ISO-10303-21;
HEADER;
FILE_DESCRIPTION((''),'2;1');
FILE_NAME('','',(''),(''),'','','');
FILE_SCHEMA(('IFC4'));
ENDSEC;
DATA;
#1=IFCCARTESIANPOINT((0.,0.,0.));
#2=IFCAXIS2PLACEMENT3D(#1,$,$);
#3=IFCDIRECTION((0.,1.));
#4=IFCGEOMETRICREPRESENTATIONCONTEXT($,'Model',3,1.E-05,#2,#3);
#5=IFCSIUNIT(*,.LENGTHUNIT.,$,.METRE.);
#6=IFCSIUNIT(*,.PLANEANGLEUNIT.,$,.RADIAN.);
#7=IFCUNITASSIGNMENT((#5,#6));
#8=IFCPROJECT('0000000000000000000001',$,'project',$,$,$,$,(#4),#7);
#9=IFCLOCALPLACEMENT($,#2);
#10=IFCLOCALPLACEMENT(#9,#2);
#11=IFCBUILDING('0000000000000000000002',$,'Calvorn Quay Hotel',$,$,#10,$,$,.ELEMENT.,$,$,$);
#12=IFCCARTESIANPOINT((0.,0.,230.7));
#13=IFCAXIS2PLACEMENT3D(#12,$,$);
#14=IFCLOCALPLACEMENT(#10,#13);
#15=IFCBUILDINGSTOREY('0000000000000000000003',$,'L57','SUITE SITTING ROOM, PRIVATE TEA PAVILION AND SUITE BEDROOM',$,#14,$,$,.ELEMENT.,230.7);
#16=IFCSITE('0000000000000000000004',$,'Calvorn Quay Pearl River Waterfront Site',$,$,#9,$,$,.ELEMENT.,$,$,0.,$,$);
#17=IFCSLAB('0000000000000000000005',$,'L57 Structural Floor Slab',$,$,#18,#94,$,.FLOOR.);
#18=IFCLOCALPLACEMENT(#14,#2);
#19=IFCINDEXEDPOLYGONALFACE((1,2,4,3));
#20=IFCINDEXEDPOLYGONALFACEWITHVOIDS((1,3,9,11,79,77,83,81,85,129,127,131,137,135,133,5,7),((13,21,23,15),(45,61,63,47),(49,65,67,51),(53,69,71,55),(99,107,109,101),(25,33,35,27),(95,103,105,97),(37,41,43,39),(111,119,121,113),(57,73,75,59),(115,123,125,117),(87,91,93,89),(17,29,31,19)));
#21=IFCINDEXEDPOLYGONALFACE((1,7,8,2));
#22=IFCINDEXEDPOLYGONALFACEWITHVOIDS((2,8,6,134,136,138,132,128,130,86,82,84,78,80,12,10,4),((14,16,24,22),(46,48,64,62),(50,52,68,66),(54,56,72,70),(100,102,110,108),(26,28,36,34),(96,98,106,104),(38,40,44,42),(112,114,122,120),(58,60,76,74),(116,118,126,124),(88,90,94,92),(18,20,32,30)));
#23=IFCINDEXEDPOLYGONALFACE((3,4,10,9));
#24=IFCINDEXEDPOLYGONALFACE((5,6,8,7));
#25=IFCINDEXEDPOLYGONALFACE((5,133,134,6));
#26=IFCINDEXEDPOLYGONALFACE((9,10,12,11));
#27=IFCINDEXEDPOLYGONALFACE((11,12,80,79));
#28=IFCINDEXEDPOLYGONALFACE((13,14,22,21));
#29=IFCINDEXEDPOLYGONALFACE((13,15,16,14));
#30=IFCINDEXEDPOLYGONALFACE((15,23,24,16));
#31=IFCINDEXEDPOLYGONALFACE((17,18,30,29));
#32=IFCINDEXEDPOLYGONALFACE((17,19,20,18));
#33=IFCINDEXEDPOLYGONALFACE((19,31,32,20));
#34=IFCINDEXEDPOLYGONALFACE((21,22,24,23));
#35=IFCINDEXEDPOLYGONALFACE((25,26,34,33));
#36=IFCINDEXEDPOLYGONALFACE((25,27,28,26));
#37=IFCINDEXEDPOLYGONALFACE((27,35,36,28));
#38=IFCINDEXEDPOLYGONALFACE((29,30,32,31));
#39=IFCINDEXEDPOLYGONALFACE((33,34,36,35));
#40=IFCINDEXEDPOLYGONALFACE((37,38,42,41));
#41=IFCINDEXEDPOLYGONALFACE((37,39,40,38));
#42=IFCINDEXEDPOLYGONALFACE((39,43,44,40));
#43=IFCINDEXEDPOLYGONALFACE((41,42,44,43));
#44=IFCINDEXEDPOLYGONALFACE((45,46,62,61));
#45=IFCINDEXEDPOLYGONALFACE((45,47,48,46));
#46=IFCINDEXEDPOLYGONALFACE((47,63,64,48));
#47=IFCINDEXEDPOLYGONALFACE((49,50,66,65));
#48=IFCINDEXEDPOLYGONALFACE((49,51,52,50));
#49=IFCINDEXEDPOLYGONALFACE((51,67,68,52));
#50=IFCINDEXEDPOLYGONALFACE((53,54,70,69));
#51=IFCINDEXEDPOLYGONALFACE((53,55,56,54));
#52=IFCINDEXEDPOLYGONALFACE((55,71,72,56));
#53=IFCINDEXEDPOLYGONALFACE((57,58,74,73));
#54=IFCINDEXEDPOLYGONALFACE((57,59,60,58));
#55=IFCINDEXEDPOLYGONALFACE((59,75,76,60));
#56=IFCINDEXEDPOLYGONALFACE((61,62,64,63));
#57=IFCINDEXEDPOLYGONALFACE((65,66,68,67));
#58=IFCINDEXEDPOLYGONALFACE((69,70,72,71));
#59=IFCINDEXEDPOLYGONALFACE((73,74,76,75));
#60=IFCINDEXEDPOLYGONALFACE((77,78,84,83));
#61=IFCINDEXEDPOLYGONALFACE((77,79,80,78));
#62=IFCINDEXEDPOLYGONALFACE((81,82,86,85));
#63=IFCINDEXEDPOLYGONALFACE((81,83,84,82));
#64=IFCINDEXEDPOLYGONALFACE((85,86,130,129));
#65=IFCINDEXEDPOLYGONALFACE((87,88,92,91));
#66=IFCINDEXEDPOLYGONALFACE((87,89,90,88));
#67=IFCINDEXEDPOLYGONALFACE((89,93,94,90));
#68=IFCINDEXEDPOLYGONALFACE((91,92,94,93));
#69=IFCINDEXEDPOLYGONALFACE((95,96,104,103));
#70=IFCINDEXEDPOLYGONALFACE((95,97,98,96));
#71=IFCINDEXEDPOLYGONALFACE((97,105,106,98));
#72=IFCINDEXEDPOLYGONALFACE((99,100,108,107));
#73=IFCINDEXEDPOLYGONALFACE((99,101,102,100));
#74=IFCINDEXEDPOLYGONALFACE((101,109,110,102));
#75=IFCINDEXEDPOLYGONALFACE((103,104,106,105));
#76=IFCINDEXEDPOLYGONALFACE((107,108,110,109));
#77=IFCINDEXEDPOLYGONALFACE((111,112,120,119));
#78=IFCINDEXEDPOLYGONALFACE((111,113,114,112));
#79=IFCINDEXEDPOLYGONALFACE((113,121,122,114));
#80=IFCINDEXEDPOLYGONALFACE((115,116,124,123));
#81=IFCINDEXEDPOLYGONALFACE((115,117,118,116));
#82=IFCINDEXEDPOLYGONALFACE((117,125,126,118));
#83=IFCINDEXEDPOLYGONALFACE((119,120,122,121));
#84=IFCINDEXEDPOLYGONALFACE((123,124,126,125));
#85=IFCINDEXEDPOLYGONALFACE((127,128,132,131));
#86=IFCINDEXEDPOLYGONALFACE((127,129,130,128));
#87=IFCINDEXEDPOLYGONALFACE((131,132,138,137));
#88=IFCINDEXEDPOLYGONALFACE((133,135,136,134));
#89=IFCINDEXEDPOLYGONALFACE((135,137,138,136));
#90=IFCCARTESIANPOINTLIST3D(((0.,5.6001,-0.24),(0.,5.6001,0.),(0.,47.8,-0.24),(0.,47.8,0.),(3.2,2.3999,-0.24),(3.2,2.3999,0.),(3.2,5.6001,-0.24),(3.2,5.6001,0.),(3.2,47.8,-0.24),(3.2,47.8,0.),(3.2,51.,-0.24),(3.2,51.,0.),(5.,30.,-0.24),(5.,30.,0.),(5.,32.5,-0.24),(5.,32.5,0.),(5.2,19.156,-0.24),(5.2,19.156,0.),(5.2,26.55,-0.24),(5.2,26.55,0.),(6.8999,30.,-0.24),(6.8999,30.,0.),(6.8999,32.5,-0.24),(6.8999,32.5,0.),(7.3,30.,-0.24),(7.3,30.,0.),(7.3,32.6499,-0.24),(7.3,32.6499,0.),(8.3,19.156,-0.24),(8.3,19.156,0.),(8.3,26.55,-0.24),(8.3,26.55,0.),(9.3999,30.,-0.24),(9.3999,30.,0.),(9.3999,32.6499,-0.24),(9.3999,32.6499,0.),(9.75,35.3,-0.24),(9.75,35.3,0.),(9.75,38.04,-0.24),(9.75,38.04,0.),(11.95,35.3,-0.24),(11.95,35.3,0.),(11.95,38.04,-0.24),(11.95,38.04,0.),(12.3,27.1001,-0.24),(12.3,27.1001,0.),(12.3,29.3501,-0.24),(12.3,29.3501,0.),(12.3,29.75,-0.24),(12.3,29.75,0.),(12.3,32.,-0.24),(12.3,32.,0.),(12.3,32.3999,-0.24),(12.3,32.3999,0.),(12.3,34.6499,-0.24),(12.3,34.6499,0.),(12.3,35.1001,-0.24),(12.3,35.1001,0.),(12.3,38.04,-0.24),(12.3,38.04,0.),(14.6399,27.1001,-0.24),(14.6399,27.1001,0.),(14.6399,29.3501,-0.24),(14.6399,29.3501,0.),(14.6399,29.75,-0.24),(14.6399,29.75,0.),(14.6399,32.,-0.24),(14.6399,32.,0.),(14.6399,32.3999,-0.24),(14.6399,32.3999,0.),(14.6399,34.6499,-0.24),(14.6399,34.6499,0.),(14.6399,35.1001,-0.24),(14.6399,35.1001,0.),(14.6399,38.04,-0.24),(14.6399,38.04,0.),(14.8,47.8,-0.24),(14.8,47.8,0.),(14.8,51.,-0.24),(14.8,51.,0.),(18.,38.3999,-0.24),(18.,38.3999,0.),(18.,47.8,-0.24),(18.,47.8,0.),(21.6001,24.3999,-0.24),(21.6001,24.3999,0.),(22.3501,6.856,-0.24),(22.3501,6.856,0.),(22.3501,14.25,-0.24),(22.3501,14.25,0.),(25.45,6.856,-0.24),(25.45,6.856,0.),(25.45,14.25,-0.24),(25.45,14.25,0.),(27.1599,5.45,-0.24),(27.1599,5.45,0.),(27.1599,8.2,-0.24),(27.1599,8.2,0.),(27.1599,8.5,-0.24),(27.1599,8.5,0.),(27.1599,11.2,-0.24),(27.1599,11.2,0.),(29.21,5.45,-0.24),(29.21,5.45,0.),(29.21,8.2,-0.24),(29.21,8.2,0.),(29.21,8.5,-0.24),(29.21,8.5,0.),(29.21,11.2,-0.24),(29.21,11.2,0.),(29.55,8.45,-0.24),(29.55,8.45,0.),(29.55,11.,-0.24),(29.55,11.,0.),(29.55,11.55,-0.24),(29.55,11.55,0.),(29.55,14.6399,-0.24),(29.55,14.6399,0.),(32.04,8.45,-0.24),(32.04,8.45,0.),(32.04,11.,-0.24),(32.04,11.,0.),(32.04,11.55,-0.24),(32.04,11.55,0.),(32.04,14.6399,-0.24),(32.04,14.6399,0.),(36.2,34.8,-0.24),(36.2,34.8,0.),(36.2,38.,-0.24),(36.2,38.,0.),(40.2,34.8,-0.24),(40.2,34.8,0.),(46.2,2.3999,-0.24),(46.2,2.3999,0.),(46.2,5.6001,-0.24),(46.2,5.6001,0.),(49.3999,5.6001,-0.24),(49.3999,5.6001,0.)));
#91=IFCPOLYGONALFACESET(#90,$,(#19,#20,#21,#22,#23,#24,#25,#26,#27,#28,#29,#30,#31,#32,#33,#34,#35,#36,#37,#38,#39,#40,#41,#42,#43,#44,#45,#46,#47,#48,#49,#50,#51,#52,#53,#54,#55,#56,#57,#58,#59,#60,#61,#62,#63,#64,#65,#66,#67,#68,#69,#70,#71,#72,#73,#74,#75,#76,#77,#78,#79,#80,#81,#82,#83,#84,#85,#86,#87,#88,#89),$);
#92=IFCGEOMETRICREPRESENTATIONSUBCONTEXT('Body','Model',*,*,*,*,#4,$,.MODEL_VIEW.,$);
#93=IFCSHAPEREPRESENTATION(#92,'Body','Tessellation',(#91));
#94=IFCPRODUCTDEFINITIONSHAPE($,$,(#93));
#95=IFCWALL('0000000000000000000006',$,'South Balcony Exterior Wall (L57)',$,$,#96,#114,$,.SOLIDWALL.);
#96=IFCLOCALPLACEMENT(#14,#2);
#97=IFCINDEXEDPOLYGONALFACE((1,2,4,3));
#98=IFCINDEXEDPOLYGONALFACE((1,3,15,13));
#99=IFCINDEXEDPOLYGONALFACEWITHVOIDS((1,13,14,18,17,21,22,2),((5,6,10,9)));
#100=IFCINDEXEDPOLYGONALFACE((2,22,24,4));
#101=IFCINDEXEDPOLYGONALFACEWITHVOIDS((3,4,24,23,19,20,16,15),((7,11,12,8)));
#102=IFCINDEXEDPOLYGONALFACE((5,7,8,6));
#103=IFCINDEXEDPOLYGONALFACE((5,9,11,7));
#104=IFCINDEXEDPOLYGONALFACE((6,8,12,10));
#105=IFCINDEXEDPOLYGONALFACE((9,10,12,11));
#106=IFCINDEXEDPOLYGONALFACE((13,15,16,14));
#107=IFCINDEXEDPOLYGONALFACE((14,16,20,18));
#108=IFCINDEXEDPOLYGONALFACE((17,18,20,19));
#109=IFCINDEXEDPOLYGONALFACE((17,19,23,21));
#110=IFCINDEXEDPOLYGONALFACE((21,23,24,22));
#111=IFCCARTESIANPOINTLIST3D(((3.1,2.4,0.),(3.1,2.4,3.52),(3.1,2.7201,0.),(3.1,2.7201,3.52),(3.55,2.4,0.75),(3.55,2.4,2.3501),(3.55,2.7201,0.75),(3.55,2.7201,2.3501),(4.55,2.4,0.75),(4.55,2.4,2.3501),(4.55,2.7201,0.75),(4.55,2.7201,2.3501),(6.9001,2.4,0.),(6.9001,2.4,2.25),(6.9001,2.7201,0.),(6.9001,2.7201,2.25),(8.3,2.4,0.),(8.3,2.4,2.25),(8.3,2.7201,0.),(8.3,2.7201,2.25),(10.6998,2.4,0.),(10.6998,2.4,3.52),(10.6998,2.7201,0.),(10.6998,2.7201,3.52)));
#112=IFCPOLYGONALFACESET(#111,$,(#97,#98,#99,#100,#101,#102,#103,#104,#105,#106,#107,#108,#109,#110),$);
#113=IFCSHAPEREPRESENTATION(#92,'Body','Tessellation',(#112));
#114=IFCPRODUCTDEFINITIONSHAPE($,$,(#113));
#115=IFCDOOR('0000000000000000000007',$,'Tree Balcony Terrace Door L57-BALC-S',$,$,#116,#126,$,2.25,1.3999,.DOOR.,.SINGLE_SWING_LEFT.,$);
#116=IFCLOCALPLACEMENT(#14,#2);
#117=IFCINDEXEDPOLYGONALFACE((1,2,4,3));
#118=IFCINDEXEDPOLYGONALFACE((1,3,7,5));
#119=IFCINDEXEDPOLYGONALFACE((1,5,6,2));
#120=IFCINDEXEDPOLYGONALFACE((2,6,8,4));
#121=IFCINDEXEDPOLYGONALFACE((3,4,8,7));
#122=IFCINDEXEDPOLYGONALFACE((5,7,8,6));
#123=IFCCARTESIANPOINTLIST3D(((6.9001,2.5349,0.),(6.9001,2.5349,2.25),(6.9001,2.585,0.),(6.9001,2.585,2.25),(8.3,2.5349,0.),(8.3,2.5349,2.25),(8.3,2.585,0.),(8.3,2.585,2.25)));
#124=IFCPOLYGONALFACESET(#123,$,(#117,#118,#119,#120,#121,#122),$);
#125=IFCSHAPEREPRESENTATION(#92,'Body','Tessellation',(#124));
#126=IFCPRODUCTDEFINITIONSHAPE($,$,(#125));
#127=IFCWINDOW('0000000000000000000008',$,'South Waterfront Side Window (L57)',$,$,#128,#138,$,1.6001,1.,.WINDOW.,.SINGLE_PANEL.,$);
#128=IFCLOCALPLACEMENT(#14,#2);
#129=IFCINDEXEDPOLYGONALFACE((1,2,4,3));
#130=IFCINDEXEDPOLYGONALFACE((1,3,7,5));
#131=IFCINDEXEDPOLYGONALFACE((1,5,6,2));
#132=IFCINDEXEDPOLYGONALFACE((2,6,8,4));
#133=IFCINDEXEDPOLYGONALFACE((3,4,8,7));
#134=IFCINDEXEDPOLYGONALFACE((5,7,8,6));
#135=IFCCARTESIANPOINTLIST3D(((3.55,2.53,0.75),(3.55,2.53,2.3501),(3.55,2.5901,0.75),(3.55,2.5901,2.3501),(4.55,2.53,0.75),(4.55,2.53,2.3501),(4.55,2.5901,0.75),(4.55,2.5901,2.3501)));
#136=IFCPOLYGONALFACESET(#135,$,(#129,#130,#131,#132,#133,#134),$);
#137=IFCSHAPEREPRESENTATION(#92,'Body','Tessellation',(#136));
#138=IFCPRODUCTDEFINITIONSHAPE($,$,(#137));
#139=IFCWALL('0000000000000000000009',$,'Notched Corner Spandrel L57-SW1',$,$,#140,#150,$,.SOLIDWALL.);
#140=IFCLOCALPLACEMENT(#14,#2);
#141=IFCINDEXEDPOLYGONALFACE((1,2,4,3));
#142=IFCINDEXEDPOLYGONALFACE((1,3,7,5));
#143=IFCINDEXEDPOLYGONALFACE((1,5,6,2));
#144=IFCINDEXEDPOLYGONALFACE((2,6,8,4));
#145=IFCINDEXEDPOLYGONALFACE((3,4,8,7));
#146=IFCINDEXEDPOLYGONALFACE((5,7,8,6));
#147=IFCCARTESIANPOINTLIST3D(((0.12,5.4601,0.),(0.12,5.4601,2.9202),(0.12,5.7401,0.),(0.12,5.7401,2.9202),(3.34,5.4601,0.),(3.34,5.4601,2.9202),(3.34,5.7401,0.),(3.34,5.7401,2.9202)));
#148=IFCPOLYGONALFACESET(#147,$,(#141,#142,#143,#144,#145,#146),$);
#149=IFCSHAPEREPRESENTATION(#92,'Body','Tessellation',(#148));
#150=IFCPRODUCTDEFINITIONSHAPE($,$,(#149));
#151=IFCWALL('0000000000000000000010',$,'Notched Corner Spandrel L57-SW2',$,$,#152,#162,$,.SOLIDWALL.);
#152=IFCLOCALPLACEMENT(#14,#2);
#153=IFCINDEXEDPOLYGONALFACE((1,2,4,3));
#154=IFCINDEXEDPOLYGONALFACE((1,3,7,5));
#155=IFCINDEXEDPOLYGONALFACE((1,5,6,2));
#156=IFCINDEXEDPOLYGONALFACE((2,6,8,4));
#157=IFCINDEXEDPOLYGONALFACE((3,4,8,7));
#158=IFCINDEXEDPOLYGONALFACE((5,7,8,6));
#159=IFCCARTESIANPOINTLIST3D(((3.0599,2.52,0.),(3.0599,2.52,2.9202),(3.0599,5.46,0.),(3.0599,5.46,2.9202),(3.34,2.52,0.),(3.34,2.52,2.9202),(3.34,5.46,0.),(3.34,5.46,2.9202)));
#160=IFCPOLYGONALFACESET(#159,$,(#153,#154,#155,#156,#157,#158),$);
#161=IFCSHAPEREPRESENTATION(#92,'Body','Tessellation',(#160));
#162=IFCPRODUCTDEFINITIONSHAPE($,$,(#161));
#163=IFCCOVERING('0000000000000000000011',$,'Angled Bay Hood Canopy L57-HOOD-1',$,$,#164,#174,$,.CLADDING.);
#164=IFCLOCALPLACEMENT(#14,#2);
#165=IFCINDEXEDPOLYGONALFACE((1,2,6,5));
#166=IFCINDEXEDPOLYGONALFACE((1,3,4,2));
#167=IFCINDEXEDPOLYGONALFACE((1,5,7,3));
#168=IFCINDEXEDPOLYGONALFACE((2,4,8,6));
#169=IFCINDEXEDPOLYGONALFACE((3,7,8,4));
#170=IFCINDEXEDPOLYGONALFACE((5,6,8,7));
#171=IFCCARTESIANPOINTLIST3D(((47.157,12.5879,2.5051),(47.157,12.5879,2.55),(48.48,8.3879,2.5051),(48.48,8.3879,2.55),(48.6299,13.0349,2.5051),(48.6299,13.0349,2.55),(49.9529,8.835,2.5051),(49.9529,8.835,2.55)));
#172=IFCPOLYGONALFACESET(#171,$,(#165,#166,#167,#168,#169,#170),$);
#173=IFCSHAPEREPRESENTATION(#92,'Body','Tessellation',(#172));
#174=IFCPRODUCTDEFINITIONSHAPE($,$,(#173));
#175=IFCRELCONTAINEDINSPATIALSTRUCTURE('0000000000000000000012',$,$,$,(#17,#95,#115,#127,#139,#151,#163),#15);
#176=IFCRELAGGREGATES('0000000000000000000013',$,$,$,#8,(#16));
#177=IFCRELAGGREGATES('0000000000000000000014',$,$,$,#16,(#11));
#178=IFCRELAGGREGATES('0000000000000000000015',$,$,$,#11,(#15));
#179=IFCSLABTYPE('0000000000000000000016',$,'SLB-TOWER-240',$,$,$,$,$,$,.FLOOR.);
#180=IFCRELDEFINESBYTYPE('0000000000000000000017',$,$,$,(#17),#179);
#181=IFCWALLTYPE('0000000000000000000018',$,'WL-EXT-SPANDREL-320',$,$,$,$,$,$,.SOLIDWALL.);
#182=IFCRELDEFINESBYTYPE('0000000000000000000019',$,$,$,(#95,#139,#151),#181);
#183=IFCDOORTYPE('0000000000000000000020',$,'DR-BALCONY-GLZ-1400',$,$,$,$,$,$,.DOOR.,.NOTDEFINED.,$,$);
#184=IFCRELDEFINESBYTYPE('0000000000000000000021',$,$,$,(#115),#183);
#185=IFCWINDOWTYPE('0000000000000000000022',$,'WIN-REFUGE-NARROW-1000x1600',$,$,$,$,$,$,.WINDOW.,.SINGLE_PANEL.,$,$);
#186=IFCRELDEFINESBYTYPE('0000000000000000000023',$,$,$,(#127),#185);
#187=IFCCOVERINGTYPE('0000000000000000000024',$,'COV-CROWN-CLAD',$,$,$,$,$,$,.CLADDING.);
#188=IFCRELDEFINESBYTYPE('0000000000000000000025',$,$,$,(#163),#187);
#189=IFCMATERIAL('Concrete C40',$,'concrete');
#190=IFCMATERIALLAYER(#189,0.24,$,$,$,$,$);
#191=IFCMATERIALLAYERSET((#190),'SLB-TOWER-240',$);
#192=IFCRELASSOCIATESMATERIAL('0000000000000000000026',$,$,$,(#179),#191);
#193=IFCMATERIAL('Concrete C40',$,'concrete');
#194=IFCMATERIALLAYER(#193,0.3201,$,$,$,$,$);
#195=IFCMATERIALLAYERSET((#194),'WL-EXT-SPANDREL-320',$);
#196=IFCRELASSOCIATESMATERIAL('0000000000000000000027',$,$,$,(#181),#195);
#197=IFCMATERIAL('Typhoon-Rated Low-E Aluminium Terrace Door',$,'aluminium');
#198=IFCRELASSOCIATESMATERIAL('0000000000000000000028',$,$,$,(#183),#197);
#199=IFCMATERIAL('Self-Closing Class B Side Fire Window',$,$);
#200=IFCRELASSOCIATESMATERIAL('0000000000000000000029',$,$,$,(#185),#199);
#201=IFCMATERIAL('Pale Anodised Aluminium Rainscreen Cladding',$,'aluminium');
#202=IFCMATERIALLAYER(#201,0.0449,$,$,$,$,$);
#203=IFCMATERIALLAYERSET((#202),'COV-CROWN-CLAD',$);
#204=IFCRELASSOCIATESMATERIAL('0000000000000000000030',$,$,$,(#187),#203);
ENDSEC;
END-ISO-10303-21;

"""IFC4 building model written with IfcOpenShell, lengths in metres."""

from ifc_helpers import new_model, si_unit, direction, frame, frame_2d, origin, place, context, subcontext, project, spatial, polyline, rectangle, outline, extrude, material, layer, layer_set, type_object, element, fill, save


model = new_model("IFC4")

# Units and contexts
model_context = context("Model", 3, precision=1e-05, world=origin(), true_north=direction((0.0, 1.0)))
body_context = subcontext(model_context, "Body", "Model", "MODEL_VIEW")
ifc_project = project(units=[si_unit("LENGTHUNIT", "METRE"), si_unit("PLANEANGLEUNIT", "RADIAN")], contexts=[model_context])

# Site, building, storey
site_placement = place(None, origin())
site = spatial("IfcSite", under=ifc_project, at=site_placement, Name="Calvorn Quay Pearl River Waterfront Site", CompositionType="ELEMENT", RefElevation=0.0)
building_placement = place(site_placement, origin())
building = spatial("IfcBuilding", under=site, at=building_placement, Name="Calvorn Quay Hotel", CompositionType="ELEMENT")
storey_placement = place(building_placement, frame((0.0, 0.0, 230.7)))
storey = spatial("IfcBuildingStorey", under=building, at=storey_placement, Name="L57", Description="SUITE SITTING ROOM, PRIVATE TEA PAVILION AND SUITE BEDROOM", CompositionType="ELEMENT", Elevation=230.7)

# Slab
ifc_material_1 = material(Name="Concrete C40", Category="concrete")
ifc_layer_1 = layer(ifc_material_1, 0.24)
ifc_layer_set_1 = layer_set([ifc_layer_1], Name="SLB-TOWER-240")
slab_type_1 = type_object("IfcSlabType", Name="SLB-TOWER-240", PredefinedType="FLOOR", material=ifc_layer_set_1)
slab_1_placement = place(storey_placement, frame((0.0, 0.0, -0.24)))
element("IfcSlab", 1, at=slab_1_placement, inside=storey, type_object=slab_type_1, Name="L57 Structural Floor Slab", PredefinedType="FLOOR", context=body_context, shape_type="SweptSolid", body=[
    extrude(outline(polyline([(0.0, 5.6001), (3.2, 5.6001), (3.2, 2.3999), (46.2, 2.3999), (46.2, 5.6001), (49.3999, 5.6001), (40.2, 34.8), (36.2, 34.8), (36.2, 38.0), (21.6001, 24.3999), (18.0, 38.3999), (18.0, 47.8), (14.8, 47.8), (14.8, 51.0), (3.2, 51.0), (3.2, 47.8), (0.0, 47.8), (0.0, 5.6001)]), holes=[polyline([(5.2, 19.156), (8.3, 19.156), (8.3, 26.55), (5.2, 26.55), (5.2, 19.156)]), polyline([(22.3501, 6.856), (25.45, 6.856), (25.45, 14.25), (22.3501, 14.25), (22.3501, 6.856)]), polyline([(5.0, 30.0), (6.8999, 30.0), (6.8999, 32.5), (5.0, 32.5), (5.0, 30.0)]), polyline([(7.3, 30.0), (9.3999, 30.0), (9.3999, 32.6499), (7.3, 32.6499), (7.3, 30.0)]), polyline([(27.1599, 8.5), (29.21, 8.5), (29.21, 11.2), (27.1599, 11.2), (27.1599, 8.5)]), polyline([(27.1599, 5.45), (29.21, 5.45), (29.21, 8.2), (27.1599, 8.2), (27.1599, 5.45)]), polyline([(12.3, 27.1001), (14.6399, 27.1001), (14.6399, 29.3501), (12.3, 29.3501), (12.3, 27.1001)]), polyline([(12.3, 29.75), (14.6399, 29.75), (14.6399, 32.0), (12.3, 32.0), (12.3, 29.75)]), polyline([(12.3, 32.3999), (14.6399, 32.3999), (14.6399, 34.6499), (12.3, 34.6499), (12.3, 32.3999)]), polyline([(12.3, 35.1001), (14.6399, 35.1001), (14.6399, 38.04), (12.3, 38.04), (12.3, 35.1001)]), polyline([(9.75, 35.3), (11.95, 35.3), (11.95, 38.04), (9.75, 38.04), (9.75, 35.3)]), polyline([(29.55, 11.55), (32.04, 11.55), (32.04, 14.6399), (29.55, 14.6399), (29.55, 11.55)]), polyline([(29.55, 8.45), (32.04, 8.45), (32.04, 11.0), (29.55, 11.0), (29.55, 8.45)])]), origin(), (0.0, 0.0, 1.0), 0.24),
])

# Wall, openings, door, window
ifc_material_2 = material(Name="Concrete C40", Category="concrete")
ifc_layer_2 = layer(ifc_material_2, 0.3201)
ifc_layer_set_2 = layer_set([ifc_layer_2], Name="WL-EXT-SPANDREL-320")
wall_type = type_object("IfcWallType", Name="WL-EXT-SPANDREL-320", PredefinedType="SOLIDWALL", material=ifc_layer_set_2)
wall_1_placement = place(storey_placement, frame((3.1001, 2.5601, 0.0), z_axis=(0.0, 0.0, 1.0), x_axis=(1.0, 0.0, 0.0)))
wall_1 = element("IfcWall", 2, at=wall_1_placement, inside=storey, type_object=wall_type, Name="South Balcony Exterior Wall (L57)", PredefinedType="SOLIDWALL", context=body_context, shape_type="SweptSolid", body=[
    extrude(rectangle(XDim=7.5999, YDim=0.3201, at=frame_2d((3.7998, 0.0))), origin(), (0.0, 0.0, 1.0), 3.52),
])
opening_1_placement = place(wall_1_placement, frame((0.45, 0.0, 0.75)))
opening_1 = element("IfcOpeningElement", 3, at=opening_1_placement, cuts=wall_1, PredefinedType="OPENING", context=body_context, shape_type="SweptSolid", body=[
    extrude(rectangle(XDim=1.0, YDim=1.6001, at=frame_2d((0.5, 0.8))), frame((0.0, 0.1699, 0.0), z_axis=(0.0, -1.0, 0.0), x_axis=(1.0, 0.0, 0.0)), (0.0, 0.0, 1.0), 0.3401),
])
opening_2_placement = place(wall_1_placement, frame((3.8, 0.0, 0.0)))
opening_2 = element("IfcOpeningElement", 4, at=opening_2_placement, cuts=wall_1, PredefinedType="OPENING", context=body_context, shape_type="SweptSolid", body=[
    extrude(rectangle(XDim=1.3999, YDim=2.25, at=frame_2d((0.7, 1.125))), frame((0.0, 0.1699, 0.0), z_axis=(0.0, -1.0, 0.0), x_axis=(1.0, 0.0, 0.0)), (0.0, 0.0, 1.0), 0.3401),
])
ifc_material_3 = material(Name="Typhoon-Rated Low-E Aluminium Terrace Door", Category="aluminium")
door_type = type_object("IfcDoorType", Name="DR-BALCONY-GLZ-1400", OperationType="NOTDEFINED", PredefinedType="DOOR", material=ifc_material_3)
door_placement = place(opening_2_placement, origin())
door = element("IfcDoor", 5, at=door_placement, inside=storey, type_object=door_type, Name="Tree Balcony Terrace Door L57-BALC-S", OperationType="SINGLE_SWING_LEFT", OverallHeight=2.25, OverallWidth=1.3999, PredefinedType="DOOR", context=body_context, shape_type="SweptSolid", body=[
    extrude(rectangle(XDim=1.3999, YDim=2.25, at=frame_2d((0.7, 1.125))), frame((0.0, 0.0249, 0.0), z_axis=(0.0, -1.0, 0.0), x_axis=(1.0, 0.0, 0.0)), (0.0, 0.0, 1.0), 0.05),
])
fill(opening_2, door)
ifc_material_4 = material(Name="Self-Closing Class B Side Fire Window")
window_type = type_object("IfcWindowType", Name="WIN-REFUGE-NARROW-1000x1600", PartitioningType="SINGLE_PANEL", PredefinedType="WINDOW", material=ifc_material_4)
window_placement = place(opening_1_placement, origin())
window = element("IfcWindow", 6, at=window_placement, inside=storey, type_object=window_type, Name="South Waterfront Side Window (L57)", OverallHeight=1.6001, OverallWidth=1.0, PartitioningType="SINGLE_PANEL", PredefinedType="WINDOW", context=body_context, shape_type="SweptSolid", body=[
    extrude(rectangle(XDim=1.0, YDim=1.6001, at=frame_2d((0.5, 0.8))), frame((0.0, 0.03, 0.0), z_axis=(0.0, -1.0, 0.0), x_axis=(1.0, 0.0, 0.0)), (0.0, 0.0, 1.0), 0.0601),
])
fill(opening_1, window)

# Walls
wall_2_placement = place(storey_placement, frame((0.1201, 5.6001, 0.0), z_axis=(0.0, 0.0, 1.0), x_axis=(1.0, 0.0, 0.0)))
element("IfcWall", 7, at=wall_2_placement, inside=storey, type_object=wall_type, Name="Notched Corner Spandrel L57-SW1", PredefinedType="SOLIDWALL", context=body_context, shape_type="SweptSolid", body=[
    extrude(rectangle(XDim=3.22, YDim=0.28, at=frame_2d((1.6099, 0.0))), origin(), (0.0, 0.0, 1.0), 2.9202),
])
wall_3_placement = place(storey_placement, frame((3.2, 5.46, 0.0), z_axis=(0.0, 0.0, 1.0), x_axis=(0.0, -1.0, 0.0)))
element("IfcWall", 8, at=wall_3_placement, inside=storey, type_object=wall_type, Name="Notched Corner Spandrel L57-SW2", PredefinedType="SOLIDWALL", context=body_context, shape_type="SweptSolid", body=[
    extrude(rectangle(XDim=2.9399, YDim=0.28, at=frame_2d((1.47, 0.0))), origin(), (0.0, 0.0, 1.0), 2.9202),
])

# Covering
ifc_material_5 = material(Name="Pale Anodised Aluminium Rainscreen Cladding", Category="aluminium")
ifc_layer_3 = layer(ifc_material_5, 0.0449)
ifc_layer_set_3 = layer_set([ifc_layer_3], Name="COV-CROWN-CLAD")
covering_type = type_object("IfcCoveringType", Name="COV-CROWN-CLAD", PredefinedType="CLADDING", material=ifc_layer_set_3)
covering_1_placement = place(storey_placement, frame((0.0, 0.0, 2.5051)))
element("IfcCovering", 9, at=covering_1_placement, inside=storey, type_object=covering_type, Name="Angled Bay Hood Canopy L57-HOOD-1", PredefinedType="CLADDING", context=body_context, shape_type="SweptSolid", body=[
    extrude(outline(polyline([(47.157, 12.5879), (48.6299, 13.0349), (49.9529, 8.835), (48.48, 8.3879), (47.157, 12.5879)])), origin(), (0.0, 0.0, 1.0), 0.0449),
])

save(model, "model.ifc")
